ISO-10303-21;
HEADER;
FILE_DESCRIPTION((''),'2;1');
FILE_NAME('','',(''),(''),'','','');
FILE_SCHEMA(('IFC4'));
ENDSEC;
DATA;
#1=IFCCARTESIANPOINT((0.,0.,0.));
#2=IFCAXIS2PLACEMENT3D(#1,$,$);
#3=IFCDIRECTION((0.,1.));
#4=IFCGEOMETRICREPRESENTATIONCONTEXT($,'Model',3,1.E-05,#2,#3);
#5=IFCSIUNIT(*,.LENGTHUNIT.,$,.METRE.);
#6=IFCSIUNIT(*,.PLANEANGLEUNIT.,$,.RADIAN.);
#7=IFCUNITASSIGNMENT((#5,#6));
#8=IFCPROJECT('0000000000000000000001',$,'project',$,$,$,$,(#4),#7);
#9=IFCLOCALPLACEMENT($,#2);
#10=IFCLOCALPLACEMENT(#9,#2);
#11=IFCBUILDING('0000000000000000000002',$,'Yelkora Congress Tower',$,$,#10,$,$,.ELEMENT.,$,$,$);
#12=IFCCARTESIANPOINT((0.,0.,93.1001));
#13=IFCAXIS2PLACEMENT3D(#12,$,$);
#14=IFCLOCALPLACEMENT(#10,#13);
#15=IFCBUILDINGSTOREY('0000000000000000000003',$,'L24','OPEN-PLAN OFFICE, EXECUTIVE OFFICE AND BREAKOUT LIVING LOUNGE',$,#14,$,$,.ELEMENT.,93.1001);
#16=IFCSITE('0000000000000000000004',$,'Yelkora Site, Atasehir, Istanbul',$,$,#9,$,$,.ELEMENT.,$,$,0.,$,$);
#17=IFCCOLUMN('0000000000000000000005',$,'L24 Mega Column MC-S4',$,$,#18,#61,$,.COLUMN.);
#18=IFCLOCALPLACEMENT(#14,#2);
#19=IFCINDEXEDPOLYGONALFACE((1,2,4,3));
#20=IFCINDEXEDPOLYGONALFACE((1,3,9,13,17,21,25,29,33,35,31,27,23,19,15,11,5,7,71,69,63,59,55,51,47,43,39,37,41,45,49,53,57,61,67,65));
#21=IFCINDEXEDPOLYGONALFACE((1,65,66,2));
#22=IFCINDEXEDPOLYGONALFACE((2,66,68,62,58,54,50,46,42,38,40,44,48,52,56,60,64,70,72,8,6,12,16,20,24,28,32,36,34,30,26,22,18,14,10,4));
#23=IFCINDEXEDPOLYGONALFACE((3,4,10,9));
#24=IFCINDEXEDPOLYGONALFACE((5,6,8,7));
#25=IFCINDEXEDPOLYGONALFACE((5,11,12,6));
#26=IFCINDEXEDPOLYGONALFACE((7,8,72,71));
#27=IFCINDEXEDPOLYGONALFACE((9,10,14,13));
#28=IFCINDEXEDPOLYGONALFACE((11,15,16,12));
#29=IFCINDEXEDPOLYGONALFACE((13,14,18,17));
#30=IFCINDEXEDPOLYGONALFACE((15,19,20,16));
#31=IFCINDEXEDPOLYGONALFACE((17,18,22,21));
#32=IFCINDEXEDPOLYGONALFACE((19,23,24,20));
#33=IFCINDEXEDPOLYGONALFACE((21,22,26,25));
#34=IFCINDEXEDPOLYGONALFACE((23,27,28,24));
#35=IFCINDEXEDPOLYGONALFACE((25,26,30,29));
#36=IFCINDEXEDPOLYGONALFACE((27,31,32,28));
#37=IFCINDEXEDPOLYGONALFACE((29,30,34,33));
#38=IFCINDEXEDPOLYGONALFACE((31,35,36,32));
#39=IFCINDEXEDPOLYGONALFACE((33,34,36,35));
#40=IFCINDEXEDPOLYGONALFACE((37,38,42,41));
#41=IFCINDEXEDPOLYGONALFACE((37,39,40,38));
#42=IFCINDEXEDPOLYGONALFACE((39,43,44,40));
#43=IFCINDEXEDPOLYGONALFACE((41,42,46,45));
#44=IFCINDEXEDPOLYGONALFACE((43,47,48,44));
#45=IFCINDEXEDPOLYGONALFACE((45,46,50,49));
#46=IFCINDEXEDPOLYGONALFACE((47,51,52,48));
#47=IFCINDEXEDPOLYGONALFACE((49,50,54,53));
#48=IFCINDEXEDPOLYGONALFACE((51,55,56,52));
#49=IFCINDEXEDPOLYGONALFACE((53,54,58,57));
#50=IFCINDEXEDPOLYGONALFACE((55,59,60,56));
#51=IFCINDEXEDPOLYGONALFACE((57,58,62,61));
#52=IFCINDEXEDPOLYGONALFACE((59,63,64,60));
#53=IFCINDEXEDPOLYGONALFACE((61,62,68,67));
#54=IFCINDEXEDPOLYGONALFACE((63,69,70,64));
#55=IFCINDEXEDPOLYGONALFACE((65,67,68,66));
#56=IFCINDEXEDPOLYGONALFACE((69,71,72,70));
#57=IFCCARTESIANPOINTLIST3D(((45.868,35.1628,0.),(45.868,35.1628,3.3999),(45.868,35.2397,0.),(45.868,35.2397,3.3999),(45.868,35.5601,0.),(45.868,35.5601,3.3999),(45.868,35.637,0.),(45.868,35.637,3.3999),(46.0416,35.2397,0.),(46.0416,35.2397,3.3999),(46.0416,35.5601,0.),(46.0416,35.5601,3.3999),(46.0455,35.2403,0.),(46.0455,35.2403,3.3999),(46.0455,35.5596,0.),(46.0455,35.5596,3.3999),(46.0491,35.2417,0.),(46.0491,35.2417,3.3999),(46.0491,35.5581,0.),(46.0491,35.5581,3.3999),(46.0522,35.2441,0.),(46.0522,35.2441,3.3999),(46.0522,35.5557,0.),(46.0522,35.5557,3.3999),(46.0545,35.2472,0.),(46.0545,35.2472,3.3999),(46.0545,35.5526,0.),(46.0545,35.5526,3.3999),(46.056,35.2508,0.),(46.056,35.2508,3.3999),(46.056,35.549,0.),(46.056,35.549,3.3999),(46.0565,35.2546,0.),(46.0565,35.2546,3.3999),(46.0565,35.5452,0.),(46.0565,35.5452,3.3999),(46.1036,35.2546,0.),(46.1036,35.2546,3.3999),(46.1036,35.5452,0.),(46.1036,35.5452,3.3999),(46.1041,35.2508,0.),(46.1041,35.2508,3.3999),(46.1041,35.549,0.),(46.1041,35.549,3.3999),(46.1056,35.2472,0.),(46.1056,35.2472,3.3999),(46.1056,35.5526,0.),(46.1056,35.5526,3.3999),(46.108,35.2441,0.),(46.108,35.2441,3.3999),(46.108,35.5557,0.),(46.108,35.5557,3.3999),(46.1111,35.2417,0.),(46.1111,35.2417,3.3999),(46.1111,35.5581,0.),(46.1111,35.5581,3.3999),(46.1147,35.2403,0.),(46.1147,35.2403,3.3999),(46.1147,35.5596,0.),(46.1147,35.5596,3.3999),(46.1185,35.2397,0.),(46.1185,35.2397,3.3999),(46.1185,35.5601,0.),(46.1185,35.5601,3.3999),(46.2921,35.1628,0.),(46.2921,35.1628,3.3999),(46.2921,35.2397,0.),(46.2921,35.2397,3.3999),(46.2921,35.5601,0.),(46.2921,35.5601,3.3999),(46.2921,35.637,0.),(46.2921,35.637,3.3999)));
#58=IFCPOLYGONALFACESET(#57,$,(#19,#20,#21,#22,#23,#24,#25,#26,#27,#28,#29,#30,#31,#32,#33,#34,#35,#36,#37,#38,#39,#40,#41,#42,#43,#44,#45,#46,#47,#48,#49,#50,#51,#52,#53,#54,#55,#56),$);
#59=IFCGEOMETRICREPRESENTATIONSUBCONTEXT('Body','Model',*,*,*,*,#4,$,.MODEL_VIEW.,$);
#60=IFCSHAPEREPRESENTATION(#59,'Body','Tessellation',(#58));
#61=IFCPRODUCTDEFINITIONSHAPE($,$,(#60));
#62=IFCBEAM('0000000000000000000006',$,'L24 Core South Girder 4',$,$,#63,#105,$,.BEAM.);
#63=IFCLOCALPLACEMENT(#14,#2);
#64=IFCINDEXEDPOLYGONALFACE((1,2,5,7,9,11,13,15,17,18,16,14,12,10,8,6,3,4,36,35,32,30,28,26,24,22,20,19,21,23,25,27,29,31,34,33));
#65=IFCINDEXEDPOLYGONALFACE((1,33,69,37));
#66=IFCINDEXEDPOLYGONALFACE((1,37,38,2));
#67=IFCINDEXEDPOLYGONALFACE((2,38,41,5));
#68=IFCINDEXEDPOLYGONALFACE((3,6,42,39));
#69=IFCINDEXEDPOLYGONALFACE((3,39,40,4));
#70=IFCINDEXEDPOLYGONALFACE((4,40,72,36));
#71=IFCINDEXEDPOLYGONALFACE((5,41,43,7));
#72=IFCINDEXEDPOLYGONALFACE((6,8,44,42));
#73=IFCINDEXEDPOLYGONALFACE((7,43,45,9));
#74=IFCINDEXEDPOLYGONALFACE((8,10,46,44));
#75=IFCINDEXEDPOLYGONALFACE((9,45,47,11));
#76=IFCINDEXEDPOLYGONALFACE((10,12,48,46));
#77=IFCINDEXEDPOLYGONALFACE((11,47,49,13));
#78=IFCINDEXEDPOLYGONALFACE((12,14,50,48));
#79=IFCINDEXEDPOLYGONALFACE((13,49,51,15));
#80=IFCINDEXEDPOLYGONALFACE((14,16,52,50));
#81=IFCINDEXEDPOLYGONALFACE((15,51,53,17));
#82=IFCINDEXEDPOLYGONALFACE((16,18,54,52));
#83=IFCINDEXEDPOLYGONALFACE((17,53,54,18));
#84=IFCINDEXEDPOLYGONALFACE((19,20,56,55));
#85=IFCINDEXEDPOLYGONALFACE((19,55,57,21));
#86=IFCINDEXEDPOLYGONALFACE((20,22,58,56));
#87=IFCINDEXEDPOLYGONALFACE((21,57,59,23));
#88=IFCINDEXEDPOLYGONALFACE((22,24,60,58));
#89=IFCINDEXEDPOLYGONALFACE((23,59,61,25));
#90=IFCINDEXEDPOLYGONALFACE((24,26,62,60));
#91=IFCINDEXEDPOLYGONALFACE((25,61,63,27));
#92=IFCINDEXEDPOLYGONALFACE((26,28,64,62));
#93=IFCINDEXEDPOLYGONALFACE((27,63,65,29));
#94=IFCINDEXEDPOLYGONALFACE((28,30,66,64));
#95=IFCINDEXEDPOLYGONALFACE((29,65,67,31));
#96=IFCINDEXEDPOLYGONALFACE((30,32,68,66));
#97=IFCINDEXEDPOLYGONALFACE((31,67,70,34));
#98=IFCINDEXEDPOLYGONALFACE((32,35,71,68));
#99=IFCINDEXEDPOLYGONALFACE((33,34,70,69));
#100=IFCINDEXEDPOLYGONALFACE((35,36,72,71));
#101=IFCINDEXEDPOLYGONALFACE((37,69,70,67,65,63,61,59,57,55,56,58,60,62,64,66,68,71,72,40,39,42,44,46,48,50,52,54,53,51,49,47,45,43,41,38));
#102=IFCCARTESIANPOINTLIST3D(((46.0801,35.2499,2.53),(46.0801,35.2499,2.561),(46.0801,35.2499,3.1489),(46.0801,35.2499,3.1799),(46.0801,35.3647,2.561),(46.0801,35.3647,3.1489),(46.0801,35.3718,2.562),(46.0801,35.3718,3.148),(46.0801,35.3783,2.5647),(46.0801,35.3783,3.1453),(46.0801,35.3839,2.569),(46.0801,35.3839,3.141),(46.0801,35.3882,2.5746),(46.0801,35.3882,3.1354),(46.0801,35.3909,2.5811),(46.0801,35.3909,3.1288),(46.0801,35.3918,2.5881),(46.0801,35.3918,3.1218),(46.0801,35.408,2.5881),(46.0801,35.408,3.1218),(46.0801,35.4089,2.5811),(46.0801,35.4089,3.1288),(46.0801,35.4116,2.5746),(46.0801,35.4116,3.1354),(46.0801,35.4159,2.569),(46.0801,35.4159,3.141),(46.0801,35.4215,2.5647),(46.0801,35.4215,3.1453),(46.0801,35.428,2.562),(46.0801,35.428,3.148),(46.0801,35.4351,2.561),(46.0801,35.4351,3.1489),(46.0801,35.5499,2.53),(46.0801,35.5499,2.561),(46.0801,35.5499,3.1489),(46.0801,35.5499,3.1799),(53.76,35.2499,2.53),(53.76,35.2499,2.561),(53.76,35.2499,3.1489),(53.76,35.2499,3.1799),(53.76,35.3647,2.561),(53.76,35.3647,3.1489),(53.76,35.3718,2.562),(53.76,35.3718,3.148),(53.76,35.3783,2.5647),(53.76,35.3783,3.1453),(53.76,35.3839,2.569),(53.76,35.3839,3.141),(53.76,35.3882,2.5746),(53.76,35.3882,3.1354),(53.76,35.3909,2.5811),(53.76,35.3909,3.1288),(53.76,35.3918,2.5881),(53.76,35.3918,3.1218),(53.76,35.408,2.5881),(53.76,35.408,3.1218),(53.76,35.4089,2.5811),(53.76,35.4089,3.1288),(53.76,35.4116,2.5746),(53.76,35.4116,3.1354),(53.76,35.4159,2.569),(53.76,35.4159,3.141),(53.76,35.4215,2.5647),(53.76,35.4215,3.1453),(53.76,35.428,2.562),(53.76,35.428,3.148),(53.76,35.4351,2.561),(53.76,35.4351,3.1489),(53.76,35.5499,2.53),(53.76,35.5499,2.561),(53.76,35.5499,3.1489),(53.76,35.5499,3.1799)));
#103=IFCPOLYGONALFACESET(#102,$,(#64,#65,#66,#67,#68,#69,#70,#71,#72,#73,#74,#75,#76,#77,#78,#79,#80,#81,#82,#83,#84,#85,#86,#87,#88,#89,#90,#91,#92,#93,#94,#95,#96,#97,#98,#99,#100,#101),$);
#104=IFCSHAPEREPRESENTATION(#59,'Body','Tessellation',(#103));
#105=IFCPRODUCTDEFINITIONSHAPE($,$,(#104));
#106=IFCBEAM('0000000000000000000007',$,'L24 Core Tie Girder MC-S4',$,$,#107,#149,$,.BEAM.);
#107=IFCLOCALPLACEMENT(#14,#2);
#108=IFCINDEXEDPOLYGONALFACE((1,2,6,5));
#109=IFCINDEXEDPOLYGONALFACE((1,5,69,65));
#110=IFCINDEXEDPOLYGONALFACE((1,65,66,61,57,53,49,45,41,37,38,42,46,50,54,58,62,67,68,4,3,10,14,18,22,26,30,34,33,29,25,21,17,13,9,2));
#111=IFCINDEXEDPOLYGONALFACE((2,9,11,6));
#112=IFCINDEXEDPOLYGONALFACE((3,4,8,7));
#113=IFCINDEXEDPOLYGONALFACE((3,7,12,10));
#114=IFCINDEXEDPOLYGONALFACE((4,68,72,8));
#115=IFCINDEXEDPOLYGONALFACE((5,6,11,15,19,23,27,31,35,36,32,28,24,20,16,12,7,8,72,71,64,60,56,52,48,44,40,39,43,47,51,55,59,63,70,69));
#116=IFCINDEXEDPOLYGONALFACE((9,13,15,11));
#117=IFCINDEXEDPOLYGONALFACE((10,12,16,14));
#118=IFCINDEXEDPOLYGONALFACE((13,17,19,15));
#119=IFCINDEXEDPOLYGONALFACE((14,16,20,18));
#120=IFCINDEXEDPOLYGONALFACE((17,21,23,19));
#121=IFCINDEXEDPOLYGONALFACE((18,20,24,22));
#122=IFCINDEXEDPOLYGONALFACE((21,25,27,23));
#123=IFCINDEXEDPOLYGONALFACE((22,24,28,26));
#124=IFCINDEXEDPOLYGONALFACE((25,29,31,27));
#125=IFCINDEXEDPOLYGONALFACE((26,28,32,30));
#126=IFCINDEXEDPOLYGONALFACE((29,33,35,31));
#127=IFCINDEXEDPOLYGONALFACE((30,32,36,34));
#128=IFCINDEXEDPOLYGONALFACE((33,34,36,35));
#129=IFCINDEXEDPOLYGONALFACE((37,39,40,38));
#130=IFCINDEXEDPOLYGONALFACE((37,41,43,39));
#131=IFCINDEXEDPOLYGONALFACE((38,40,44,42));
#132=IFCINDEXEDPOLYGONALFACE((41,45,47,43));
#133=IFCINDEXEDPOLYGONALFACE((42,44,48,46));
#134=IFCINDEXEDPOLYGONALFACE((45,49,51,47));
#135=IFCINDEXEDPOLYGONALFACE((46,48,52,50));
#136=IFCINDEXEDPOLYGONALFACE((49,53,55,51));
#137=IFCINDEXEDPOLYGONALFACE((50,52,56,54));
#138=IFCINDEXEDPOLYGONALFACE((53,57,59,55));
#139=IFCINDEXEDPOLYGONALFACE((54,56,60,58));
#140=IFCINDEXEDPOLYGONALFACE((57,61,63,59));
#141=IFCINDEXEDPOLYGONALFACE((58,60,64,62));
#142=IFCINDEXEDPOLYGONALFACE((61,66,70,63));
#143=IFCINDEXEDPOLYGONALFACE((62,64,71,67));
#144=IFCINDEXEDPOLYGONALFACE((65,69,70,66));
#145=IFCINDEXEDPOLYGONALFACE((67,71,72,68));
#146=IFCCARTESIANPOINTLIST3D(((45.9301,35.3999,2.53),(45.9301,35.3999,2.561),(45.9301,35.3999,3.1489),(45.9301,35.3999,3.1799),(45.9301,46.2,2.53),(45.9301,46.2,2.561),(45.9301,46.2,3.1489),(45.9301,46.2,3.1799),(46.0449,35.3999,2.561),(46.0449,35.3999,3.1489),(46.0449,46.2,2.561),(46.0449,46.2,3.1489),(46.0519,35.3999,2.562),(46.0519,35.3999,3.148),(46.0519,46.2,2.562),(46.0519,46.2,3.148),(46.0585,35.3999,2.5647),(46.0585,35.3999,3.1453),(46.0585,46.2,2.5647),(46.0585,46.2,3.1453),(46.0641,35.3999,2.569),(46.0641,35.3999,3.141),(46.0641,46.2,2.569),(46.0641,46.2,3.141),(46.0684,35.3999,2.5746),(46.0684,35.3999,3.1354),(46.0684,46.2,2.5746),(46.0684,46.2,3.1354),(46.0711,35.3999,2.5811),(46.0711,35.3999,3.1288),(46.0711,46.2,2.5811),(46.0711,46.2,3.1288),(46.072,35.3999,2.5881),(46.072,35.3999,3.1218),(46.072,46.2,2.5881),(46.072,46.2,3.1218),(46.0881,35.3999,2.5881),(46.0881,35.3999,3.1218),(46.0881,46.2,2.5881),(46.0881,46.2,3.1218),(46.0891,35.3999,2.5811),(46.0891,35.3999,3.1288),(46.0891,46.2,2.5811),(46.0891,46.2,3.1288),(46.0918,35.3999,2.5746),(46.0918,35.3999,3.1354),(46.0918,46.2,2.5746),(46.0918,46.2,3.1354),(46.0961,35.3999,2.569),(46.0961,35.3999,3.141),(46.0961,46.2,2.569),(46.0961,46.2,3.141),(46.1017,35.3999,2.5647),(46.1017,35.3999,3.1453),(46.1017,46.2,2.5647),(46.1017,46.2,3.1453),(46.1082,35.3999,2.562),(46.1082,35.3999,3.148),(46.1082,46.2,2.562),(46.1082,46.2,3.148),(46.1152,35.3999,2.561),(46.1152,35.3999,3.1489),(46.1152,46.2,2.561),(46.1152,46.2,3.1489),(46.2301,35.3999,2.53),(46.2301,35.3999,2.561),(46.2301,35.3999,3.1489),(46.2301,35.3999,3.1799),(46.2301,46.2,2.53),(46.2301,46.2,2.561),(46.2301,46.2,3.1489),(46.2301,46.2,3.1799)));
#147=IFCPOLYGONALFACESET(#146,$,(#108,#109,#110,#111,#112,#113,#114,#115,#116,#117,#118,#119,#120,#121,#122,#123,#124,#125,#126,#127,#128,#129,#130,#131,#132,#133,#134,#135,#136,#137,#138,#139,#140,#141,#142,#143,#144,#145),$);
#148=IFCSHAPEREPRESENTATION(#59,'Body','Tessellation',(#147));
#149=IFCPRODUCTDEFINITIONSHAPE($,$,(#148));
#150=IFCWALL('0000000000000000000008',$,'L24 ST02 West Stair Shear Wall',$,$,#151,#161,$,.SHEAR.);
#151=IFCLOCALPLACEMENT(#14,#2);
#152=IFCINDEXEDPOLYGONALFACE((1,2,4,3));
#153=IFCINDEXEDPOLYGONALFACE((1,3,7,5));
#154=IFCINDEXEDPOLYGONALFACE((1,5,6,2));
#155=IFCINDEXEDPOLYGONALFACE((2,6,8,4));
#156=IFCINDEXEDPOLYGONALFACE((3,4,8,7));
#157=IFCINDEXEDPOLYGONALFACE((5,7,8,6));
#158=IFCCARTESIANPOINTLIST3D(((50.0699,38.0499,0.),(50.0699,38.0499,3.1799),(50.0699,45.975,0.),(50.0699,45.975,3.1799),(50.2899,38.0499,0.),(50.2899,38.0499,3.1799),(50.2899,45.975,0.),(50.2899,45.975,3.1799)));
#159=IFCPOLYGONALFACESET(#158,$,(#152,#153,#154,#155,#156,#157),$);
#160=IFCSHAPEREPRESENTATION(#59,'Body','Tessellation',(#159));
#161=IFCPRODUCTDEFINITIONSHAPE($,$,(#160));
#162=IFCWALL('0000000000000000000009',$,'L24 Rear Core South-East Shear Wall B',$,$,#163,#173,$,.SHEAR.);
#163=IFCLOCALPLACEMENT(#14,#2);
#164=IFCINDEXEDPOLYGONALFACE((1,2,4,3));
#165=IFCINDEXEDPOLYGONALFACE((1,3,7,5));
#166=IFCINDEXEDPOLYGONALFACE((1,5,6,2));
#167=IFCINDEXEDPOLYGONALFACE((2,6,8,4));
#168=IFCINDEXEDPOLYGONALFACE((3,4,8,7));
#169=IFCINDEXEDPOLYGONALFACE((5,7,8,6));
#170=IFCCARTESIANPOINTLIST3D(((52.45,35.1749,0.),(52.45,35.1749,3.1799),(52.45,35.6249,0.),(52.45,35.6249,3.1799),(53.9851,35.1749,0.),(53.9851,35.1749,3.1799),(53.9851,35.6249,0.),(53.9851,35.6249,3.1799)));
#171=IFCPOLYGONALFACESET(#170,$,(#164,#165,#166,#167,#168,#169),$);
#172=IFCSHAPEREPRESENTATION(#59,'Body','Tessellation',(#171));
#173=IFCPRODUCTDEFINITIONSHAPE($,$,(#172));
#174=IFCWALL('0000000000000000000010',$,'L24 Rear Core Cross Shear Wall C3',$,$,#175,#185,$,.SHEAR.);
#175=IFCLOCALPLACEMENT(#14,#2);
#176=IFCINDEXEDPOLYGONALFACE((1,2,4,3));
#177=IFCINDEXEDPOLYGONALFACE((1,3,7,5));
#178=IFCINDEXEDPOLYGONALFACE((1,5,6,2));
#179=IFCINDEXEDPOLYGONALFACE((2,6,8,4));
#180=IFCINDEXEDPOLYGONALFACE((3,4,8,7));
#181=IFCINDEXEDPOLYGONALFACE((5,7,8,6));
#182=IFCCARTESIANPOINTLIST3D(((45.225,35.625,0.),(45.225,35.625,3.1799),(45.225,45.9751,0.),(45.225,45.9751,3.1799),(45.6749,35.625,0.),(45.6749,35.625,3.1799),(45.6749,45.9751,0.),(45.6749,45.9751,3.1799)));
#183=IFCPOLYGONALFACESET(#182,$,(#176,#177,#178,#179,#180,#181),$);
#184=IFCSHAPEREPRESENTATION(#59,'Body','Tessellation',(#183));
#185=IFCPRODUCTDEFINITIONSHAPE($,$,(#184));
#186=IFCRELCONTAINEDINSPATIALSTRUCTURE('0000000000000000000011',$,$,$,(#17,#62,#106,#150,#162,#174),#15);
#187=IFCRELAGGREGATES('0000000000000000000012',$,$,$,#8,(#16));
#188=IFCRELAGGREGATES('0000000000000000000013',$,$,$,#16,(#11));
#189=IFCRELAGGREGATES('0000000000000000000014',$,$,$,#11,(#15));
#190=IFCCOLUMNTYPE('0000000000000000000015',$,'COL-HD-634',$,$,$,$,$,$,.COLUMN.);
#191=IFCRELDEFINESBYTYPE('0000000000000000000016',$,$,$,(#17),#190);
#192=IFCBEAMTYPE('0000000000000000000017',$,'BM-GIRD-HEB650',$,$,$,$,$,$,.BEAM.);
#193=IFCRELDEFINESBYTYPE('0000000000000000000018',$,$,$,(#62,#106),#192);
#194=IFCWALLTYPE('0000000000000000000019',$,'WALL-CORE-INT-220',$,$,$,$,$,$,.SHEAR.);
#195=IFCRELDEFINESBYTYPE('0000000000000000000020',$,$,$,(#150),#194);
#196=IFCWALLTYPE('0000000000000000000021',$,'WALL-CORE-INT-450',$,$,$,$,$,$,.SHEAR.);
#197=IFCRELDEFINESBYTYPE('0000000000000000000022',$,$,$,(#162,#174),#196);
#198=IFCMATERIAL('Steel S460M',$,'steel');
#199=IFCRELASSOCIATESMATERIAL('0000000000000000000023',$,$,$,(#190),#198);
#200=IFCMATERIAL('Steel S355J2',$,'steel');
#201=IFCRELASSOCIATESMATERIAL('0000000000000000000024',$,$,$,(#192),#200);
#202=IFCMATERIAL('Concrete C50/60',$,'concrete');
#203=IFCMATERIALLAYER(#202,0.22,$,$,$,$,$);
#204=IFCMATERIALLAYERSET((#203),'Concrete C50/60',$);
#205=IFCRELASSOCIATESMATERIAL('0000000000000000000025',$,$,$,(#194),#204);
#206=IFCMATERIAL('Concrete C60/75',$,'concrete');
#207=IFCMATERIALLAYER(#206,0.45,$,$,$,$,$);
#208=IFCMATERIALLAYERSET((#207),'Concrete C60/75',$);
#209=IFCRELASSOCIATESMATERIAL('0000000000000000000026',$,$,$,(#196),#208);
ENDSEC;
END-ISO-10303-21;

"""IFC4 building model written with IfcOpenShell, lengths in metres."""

from ifc_helpers import new_model, si_unit, direction, frame, frame_2d, origin, origin_2d, place, context, subcontext, project, spatial, rectangle, i_section, extrude, material, layer, layer_set, material_profile, profile_set, type_object, element, save


model = new_model("IFC4")

# Units and contexts
model_context = context("Model", 3, precision=1e-05, world=origin(), true_north=direction((0.0, 1.0)))
body_context = subcontext(model_context, "Body", "Model", "MODEL_VIEW")
ifc_project = project(units=[si_unit("LENGTHUNIT", "METRE"), si_unit("PLANEANGLEUNIT", "RADIAN")], contexts=[model_context])

# Site, building, storey
site_placement = place(None, origin())
site = spatial("IfcSite", under=ifc_project, at=site_placement, Name="Yelkora Site, Atasehir, Istanbul", CompositionType="ELEMENT", RefElevation=0.0)
building_placement = place(site_placement, origin())
building = spatial("IfcBuilding", under=site, at=building_placement, Name="Yelkora Congress Tower", CompositionType="ELEMENT")
storey_placement = place(building_placement, frame((0.0, 0.0, 93.1001)))
storey = spatial("IfcBuildingStorey", under=building, at=storey_placement, Name="L24", Description="OPEN-PLAN OFFICE, EXECUTIVE OFFICE AND BREAKOUT LIVING LOUNGE", CompositionType="ELEMENT", Elevation=93.1001)

# Column
ifc_material_1 = material(Name="Steel S460M", Category="steel")
ifc_material_profile_1 = material_profile(ifc_material_1, i_section(OverallWidth=0.4241, OverallDepth=0.4741, WebThickness=0.0471, FlangeThickness=0.0769, FilletRadius=0.0149, at=origin_2d()), Name="HD 400x634")
ifc_profile_set_1 = profile_set([ifc_material_profile_1], Name="Steel S460M")
column_type = type_object("IfcColumnType", Name="COL-HD-634", PredefinedType="COLUMN", material=ifc_profile_set_1)
column_placement = place(storey_placement, frame((46.0801, 35.3999, 0.0), z_axis=(0.0, 0.0, 1.0), x_axis=(1.0, 0.0, 0.0)))
element("IfcColumn", 1, at=column_placement, inside=storey, type_object=column_type, Name="L24 Mega Column MC-S4", PredefinedType="COLUMN", context=body_context, shape_type="SweptSolid", body=[
    extrude(i_section(OverallWidth=0.4241, OverallDepth=0.4741, WebThickness=0.0471, FlangeThickness=0.0769, FilletRadius=0.0149, at=origin_2d()), origin(), (0.0, 0.0, 1.0), 3.3999),
])

# Beams
ifc_material_2 = material(Name="Steel S355J2", Category="steel")
ifc_material_profile_2 = material_profile(ifc_material_2, i_section(OverallWidth=0.3, OverallDepth=0.6499, WebThickness=0.0161, FlangeThickness=0.031, FilletRadius=0.0271, at=origin_2d()), Name="HEB 650")
ifc_profile_set_2 = profile_set([ifc_material_profile_2], Name="Steel S355J2")
beam_type = type_object("IfcBeamType", Name="BM-GIRD-HEB650", PredefinedType="BEAM", material=ifc_profile_set_2)
beam_1_placement = place(storey_placement, frame((46.0801, 35.3999, 2.855), z_axis=(1.0, 0.0, 0.0), x_axis=(0.0, 1.0, 0.0)))
element("IfcBeam", 2, at=beam_1_placement, inside=storey, type_object=beam_type, Name="L24 Core South Girder 4", PredefinedType="BEAM", context=body_context, shape_type="SweptSolid", body=[
    extrude(i_section(OverallWidth=0.3, OverallDepth=0.6499, WebThickness=0.0161, FlangeThickness=0.031, FilletRadius=0.0271, at=origin_2d()), origin(), (0.0, 0.0, 1.0), 7.6799),
])
beam_2_placement = place(storey_placement, frame((46.0801, 35.3999, 2.855), z_axis=(0.0, 1.0, 0.0), x_axis=(-1.0, 0.0, 0.0)))
element("IfcBeam", 3, at=beam_2_placement, inside=storey, type_object=beam_type, Name="L24 Core Tie Girder MC-S4", PredefinedType="BEAM", context=body_context, shape_type="SweptSolid", body=[
    extrude(i_section(OverallWidth=0.3, OverallDepth=0.6499, WebThickness=0.0161, FlangeThickness=0.031, FilletRadius=0.0271, at=origin_2d()), origin(), (0.0, 0.0, 1.0), 10.8),
])

# Wall
ifc_material_3 = material(Name="Concrete C50/60", Category="concrete")
ifc_layer_1 = layer(ifc_material_3, 0.22)
ifc_layer_set_1 = layer_set([ifc_layer_1], Name="Concrete C50/60")
wall_type_1 = type_object("IfcWallType", Name="WALL-CORE-INT-220", PredefinedType="SHEAR", material=ifc_layer_set_1)
wall_1_placement = place(storey_placement, frame((50.1799, 38.05, 0.0), z_axis=(0.0, 0.0, 1.0), x_axis=(0.0, 1.0, 0.0)))
element("IfcWall", 4, at=wall_1_placement, inside=storey, type_object=wall_type_1, Name="L24 ST02 West Stair Shear Wall", PredefinedType="SHEAR", context=body_context, shape_type="SweptSolid", body=[
    extrude(rectangle(XDim=7.925, YDim=0.22, at=frame_2d((3.9624, 0.0))), origin(), (0.0, 0.0, 1.0), 3.1799),
])

# Shared definitions
ifc_material_4 = material(Name="Concrete C60/75", Category="concrete")
ifc_layer_2 = layer(ifc_material_4, 0.45)
ifc_layer_set_2 = layer_set([ifc_layer_2], Name="Concrete C60/75")
wall_type_2 = type_object("IfcWallType", Name="WALL-CORE-INT-450", PredefinedType="SHEAR", material=ifc_layer_set_2)

# Walls
wall_2_placement = place(storey_placement, frame((52.45, 35.3999, 0.0), z_axis=(0.0, 0.0, 1.0), x_axis=(1.0, 0.0, 0.0)))
element("IfcWall", 5, at=wall_2_placement, inside=storey, type_object=wall_type_2, Name="L24 Rear Core South-East Shear Wall B", PredefinedType="SHEAR", context=body_context, shape_type="SweptSolid", body=[
    extrude(rectangle(XDim=1.5352, YDim=0.45, at=frame_2d((0.7676, 0.0))), origin(), (0.0, 0.0, 1.0), 3.1799),
])
wall_3_placement = place(storey_placement, frame((45.45, 35.625, 0.0), z_axis=(0.0, 0.0, 1.0), x_axis=(0.0, 1.0, 0.0)))
element("IfcWall", 6, at=wall_3_placement, inside=storey, type_object=wall_type_2, Name="L24 Rear Core Cross Shear Wall C3", PredefinedType="SHEAR", context=body_context, shape_type="SweptSolid", body=[
    extrude(rectangle(XDim=10.3501, YDim=0.45, at=frame_2d((5.175, 0.0))), origin(), (0.0, 0.0, 1.0), 3.1799),
])

save(model, "model.ifc")
